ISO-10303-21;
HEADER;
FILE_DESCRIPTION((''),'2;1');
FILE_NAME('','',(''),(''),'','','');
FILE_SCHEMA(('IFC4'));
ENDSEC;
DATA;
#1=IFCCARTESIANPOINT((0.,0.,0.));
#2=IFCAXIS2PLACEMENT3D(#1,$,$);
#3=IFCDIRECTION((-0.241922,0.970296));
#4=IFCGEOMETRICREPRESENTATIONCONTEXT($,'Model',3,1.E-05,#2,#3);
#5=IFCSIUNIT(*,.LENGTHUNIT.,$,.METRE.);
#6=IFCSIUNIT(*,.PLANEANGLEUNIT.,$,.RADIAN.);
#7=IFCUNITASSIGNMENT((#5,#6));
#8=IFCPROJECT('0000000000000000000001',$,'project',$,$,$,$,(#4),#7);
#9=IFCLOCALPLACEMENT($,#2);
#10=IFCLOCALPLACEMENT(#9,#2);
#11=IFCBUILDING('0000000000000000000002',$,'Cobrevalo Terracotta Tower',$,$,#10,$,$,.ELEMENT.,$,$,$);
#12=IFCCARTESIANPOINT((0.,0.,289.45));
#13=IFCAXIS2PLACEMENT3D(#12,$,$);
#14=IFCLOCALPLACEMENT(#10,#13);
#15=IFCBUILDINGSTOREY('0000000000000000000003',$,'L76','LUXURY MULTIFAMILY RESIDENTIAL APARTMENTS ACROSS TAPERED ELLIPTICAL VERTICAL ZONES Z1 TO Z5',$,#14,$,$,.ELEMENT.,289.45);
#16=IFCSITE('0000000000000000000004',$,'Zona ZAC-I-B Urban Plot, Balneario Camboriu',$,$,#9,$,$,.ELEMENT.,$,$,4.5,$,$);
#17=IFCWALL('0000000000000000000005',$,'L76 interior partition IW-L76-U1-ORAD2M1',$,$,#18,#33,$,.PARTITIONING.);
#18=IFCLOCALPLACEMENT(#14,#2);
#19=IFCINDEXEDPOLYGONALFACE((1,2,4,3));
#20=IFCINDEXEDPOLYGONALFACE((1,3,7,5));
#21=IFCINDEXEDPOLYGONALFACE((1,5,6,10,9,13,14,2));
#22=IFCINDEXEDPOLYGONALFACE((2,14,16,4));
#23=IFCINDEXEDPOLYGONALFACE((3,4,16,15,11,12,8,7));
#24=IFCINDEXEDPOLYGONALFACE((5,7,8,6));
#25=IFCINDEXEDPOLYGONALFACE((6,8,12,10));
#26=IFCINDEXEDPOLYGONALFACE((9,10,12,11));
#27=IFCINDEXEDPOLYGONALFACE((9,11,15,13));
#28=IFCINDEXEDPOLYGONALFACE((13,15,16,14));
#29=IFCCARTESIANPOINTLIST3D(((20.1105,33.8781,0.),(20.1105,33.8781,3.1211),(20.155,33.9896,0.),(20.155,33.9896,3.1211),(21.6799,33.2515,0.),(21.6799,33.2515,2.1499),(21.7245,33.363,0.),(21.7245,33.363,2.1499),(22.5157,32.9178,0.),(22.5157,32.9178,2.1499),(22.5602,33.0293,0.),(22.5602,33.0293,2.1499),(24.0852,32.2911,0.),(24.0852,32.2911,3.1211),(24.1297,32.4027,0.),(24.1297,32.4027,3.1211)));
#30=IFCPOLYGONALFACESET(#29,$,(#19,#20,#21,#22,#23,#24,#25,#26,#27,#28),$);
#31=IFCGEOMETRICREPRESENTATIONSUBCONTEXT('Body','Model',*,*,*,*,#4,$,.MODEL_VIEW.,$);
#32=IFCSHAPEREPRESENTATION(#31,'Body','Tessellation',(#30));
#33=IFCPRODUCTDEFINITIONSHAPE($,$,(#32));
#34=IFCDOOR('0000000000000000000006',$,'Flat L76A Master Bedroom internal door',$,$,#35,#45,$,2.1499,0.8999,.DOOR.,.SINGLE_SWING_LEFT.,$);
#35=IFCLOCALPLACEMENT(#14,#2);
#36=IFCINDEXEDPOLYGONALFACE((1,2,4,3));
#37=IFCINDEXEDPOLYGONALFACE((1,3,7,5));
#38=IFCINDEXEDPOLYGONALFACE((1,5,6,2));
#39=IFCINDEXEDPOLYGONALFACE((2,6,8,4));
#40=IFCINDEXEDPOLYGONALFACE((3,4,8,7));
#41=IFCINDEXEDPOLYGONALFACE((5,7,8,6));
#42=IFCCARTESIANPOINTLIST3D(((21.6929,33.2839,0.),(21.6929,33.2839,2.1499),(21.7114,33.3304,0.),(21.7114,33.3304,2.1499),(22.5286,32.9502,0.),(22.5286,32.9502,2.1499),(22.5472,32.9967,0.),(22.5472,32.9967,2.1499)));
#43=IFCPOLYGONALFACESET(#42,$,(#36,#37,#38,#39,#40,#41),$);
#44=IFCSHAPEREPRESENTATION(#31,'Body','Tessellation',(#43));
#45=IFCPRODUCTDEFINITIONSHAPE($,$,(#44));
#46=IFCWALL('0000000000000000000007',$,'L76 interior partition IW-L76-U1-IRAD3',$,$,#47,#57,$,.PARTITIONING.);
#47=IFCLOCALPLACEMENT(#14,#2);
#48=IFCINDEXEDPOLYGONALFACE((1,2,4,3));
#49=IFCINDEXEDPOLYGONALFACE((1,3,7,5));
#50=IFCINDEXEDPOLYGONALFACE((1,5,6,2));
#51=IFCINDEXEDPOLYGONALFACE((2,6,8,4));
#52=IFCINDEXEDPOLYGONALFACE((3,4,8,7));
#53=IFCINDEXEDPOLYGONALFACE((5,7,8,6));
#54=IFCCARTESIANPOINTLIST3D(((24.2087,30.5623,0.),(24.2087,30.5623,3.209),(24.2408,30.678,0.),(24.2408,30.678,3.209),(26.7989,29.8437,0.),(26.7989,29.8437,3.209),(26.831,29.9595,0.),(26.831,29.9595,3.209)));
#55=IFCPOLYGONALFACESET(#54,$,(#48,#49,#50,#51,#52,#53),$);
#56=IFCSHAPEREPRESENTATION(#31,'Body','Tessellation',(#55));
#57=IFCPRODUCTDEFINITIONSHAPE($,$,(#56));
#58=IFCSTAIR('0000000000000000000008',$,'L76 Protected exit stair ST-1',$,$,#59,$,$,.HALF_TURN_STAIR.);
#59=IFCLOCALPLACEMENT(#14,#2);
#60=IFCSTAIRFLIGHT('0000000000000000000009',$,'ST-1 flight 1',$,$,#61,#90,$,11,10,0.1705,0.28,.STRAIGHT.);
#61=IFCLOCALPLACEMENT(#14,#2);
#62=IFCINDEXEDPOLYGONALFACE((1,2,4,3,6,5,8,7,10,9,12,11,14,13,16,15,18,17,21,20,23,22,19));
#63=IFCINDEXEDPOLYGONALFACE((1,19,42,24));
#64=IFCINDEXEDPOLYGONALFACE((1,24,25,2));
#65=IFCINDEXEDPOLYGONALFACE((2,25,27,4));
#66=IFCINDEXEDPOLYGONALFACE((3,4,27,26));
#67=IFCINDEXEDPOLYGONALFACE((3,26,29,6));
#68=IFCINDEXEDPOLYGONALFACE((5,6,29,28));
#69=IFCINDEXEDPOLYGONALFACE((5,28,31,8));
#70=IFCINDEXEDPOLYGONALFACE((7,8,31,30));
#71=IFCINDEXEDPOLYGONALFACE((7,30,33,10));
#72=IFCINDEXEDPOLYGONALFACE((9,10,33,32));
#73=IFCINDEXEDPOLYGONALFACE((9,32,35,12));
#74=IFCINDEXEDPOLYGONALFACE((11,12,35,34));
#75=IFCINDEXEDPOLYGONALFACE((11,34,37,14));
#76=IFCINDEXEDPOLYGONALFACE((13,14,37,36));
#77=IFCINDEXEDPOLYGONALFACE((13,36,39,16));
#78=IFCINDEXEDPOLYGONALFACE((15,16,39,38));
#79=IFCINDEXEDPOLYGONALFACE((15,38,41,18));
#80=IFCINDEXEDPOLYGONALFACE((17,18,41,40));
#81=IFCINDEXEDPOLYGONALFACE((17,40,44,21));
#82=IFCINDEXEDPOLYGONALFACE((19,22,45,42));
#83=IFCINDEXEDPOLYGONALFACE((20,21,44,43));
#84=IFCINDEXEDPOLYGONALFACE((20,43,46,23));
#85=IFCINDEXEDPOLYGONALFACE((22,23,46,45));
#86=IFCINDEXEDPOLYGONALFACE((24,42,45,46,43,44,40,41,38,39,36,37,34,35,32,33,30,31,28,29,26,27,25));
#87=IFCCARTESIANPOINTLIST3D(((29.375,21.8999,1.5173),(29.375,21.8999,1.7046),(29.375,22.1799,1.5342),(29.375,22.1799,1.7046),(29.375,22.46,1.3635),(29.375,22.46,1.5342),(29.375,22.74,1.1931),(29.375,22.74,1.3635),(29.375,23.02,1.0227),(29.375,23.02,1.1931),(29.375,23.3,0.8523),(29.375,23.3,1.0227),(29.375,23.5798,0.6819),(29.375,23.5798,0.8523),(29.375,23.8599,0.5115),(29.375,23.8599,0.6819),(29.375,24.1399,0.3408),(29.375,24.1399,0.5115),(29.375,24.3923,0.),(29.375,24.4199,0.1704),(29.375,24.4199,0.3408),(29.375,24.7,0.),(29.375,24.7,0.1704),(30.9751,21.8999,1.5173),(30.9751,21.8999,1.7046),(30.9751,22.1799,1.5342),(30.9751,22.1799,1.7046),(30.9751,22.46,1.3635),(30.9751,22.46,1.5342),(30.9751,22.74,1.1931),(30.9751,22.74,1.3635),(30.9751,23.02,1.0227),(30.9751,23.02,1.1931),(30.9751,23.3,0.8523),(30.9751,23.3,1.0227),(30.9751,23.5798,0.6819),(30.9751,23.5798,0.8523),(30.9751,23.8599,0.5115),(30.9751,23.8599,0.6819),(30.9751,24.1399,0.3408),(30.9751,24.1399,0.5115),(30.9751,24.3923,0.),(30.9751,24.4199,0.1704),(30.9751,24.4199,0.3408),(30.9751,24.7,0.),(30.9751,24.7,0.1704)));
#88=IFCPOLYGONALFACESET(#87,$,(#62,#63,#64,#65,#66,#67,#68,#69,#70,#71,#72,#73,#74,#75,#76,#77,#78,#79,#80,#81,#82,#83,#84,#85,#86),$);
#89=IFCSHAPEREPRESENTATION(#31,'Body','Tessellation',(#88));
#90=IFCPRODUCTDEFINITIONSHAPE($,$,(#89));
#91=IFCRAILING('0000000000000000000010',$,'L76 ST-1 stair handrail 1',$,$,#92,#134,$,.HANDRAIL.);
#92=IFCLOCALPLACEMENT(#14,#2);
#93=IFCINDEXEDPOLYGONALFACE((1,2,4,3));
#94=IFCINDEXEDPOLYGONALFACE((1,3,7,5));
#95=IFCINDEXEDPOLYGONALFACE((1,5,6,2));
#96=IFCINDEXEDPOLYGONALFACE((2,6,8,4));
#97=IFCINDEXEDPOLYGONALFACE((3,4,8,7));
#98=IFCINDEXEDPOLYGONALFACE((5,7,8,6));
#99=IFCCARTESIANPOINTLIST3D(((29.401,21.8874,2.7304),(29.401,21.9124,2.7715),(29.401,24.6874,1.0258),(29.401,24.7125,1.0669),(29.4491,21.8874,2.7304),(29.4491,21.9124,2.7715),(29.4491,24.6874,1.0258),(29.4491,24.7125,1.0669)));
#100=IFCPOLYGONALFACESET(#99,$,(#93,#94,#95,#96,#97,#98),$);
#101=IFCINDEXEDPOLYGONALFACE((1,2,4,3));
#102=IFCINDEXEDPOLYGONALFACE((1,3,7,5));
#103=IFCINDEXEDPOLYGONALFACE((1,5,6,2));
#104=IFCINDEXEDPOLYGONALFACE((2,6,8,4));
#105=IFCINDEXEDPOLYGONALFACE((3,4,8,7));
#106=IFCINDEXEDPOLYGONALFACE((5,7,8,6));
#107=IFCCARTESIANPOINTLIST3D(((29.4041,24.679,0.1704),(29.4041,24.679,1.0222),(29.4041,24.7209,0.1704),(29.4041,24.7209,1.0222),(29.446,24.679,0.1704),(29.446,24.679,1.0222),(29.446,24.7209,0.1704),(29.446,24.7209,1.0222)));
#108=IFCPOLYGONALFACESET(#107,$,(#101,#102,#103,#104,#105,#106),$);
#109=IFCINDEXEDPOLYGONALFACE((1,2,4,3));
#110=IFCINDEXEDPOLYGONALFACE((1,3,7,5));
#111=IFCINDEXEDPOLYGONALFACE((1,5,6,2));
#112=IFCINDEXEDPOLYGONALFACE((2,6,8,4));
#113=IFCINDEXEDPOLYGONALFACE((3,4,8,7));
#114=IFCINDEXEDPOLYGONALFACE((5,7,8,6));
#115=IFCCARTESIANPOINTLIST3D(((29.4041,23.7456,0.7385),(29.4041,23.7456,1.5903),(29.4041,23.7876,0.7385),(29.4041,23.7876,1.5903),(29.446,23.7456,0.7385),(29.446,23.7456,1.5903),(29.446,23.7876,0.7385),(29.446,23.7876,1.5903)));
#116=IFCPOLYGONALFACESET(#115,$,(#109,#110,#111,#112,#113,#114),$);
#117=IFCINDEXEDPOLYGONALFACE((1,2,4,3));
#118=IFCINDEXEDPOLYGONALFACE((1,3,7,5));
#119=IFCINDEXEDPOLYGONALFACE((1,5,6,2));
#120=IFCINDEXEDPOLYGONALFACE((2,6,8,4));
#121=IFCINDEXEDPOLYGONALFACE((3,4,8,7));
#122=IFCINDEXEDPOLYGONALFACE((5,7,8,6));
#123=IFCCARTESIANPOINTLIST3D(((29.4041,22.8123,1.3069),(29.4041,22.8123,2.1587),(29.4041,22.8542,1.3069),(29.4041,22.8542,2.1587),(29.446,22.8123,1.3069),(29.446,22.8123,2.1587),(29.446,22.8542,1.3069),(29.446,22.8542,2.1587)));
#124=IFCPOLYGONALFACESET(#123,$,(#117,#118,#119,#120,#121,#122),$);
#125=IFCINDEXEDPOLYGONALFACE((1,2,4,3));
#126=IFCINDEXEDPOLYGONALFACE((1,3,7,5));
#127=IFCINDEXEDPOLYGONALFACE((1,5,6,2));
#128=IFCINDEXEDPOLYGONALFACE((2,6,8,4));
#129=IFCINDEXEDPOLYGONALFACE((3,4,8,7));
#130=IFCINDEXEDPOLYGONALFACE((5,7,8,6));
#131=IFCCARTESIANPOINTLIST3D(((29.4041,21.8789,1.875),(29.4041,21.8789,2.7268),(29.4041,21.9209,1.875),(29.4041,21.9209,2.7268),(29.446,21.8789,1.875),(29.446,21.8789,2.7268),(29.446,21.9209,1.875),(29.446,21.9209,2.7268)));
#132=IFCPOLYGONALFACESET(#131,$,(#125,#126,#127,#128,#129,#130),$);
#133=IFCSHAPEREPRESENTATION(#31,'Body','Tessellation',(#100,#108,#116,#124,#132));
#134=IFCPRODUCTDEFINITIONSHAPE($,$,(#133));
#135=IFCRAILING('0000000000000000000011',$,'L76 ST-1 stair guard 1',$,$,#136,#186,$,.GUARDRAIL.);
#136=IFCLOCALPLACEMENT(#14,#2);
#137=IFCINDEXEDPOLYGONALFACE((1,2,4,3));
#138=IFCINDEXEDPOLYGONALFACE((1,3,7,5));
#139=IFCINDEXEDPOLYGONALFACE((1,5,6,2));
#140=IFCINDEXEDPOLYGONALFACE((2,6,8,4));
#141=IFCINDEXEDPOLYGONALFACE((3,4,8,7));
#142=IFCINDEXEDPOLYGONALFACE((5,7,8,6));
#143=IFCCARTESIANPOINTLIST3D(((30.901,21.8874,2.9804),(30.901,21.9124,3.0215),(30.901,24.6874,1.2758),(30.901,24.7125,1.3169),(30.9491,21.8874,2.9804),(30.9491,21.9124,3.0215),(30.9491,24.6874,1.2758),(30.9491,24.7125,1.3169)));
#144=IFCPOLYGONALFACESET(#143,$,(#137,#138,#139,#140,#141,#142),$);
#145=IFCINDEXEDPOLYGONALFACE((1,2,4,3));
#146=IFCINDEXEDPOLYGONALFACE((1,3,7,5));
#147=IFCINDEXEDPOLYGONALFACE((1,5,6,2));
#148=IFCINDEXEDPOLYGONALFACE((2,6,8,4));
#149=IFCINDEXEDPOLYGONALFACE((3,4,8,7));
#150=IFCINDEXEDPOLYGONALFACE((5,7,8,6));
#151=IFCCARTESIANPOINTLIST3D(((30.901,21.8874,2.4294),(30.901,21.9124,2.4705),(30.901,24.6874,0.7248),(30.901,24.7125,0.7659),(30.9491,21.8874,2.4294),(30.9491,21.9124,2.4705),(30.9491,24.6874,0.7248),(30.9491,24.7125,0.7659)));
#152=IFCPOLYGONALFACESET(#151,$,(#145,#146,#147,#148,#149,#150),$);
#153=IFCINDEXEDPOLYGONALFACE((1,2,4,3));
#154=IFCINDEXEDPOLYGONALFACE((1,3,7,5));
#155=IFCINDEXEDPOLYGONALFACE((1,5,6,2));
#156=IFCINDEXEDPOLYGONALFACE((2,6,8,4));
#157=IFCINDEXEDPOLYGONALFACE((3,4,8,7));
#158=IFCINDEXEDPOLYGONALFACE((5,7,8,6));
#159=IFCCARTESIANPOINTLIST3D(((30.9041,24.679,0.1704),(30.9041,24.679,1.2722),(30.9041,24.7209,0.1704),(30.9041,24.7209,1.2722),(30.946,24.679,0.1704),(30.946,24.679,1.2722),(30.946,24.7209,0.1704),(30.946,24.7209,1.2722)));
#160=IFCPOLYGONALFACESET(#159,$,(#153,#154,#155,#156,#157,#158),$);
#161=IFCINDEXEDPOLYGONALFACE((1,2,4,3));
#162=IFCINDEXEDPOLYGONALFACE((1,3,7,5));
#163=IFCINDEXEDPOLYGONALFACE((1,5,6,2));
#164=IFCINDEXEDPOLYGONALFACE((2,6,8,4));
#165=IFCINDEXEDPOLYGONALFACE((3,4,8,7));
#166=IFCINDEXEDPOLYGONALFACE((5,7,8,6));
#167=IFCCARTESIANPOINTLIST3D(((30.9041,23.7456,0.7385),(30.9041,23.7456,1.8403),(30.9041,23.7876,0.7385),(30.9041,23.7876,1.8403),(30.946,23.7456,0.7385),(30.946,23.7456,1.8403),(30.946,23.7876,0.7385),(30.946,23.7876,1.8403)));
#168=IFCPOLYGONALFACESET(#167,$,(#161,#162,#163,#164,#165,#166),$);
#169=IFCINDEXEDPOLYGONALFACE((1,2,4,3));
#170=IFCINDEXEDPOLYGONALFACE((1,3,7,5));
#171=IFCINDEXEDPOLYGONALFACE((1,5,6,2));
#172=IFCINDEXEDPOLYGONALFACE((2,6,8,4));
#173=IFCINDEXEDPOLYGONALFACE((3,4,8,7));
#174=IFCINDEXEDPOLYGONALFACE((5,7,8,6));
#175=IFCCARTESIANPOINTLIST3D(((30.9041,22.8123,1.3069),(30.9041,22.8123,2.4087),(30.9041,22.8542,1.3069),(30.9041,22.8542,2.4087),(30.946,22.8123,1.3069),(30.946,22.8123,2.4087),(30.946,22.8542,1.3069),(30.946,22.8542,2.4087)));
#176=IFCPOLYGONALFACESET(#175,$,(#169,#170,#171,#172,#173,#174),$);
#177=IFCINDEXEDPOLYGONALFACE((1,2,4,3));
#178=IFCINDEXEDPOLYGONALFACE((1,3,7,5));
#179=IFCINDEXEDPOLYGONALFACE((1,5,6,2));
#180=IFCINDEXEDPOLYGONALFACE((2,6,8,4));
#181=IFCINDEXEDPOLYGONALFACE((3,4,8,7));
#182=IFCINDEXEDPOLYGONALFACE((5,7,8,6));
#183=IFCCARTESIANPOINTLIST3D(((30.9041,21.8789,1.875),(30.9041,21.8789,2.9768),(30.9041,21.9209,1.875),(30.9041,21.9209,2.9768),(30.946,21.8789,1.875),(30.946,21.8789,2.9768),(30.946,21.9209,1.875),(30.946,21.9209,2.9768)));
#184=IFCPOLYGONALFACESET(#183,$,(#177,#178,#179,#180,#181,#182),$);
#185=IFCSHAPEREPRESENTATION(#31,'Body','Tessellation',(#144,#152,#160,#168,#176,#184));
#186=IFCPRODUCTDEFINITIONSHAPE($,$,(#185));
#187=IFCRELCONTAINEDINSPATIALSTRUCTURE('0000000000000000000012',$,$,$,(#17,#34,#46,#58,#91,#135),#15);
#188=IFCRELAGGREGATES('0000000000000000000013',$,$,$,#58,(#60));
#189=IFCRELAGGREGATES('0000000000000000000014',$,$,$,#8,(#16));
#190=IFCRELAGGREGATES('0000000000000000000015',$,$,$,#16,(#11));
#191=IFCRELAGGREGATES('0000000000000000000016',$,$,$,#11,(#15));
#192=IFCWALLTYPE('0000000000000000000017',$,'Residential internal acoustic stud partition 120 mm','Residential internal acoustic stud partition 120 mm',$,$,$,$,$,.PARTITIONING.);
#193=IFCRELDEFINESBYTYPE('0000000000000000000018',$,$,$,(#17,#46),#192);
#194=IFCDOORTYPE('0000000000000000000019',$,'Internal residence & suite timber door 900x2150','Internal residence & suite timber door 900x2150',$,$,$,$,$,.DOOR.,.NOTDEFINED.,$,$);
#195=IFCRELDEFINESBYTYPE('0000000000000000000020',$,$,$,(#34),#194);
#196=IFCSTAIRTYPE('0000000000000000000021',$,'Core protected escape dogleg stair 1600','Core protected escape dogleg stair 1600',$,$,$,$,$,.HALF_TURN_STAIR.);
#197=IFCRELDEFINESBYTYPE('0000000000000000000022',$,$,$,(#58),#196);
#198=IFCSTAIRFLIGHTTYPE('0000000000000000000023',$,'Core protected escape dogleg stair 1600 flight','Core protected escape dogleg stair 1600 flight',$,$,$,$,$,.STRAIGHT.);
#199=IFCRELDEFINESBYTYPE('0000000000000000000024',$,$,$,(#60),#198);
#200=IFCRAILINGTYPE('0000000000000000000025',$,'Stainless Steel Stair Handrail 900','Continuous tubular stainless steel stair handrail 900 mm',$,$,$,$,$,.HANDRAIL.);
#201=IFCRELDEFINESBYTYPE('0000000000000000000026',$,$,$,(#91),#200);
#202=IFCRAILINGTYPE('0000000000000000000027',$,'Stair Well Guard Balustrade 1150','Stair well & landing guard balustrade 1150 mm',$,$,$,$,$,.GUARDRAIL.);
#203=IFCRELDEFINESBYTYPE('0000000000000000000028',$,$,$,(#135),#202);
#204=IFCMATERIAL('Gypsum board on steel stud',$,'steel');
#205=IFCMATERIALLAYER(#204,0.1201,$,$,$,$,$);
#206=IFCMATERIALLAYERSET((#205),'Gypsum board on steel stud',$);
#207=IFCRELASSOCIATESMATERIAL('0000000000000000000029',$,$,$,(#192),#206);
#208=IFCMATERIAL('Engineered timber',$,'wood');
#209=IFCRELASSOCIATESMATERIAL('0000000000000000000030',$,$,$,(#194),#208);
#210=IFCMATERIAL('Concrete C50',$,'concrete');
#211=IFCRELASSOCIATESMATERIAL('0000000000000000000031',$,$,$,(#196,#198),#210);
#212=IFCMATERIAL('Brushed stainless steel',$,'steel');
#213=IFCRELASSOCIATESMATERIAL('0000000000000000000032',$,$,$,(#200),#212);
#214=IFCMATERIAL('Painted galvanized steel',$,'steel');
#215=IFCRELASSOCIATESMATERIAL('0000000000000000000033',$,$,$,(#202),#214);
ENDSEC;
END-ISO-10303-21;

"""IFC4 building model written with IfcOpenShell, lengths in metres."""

from ifc_helpers import new_model, si_unit, direction, frame, frame_2d, origin, origin_2d, place, context, subcontext, project, spatial, polyline, rectangle, outline, extrude, source, transform, mapped, material, layer, layer_set, type_object, element, fill, aggregate, save


model = new_model("IFC4")

# Units and contexts
model_context = context("Model", 3, precision=1e-05, world=origin(), true_north=direction((-0.241922, 0.970296)))
body_context = subcontext(model_context, "Body", "Model", "MODEL_VIEW")
ifc_project = project(units=[si_unit("LENGTHUNIT", "METRE"), si_unit("PLANEANGLEUNIT", "RADIAN")], contexts=[model_context])

# Site, building, storey
site_placement = place(None, origin())
site = spatial("IfcSite", under=ifc_project, at=site_placement, Name="Zona ZAC-I-B Urban Plot, Balneario Camboriu", CompositionType="ELEMENT", RefElevation=4.5)
building_placement = place(site_placement, origin())
building = spatial("IfcBuilding", under=site, at=building_placement, Name="Cobrevalo Terracotta Tower", CompositionType="ELEMENT")
storey_placement = place(building_placement, frame((0.0, 0.0, 289.45)))
storey = spatial("IfcBuildingStorey", under=building, at=storey_placement, Name="L76", Description="LUXURY MULTIFAMILY RESIDENTIAL APARTMENTS ACROSS TAPERED ELLIPTICAL VERTICAL ZONES Z1 TO Z5", CompositionType="ELEMENT", Elevation=289.45)

# Shared definitions
ifc_material_1 = material(Name="Gypsum board on steel stud", Category="steel")

# Shared definitions
ifc_material_2 = material(Name="Brushed stainless steel", Category="steel")

# Wall, opening, door
ifc_layer_1 = layer(ifc_material_1, 0.1201)
ifc_layer_set_1 = layer_set([ifc_layer_1], Name="Gypsum board on steel stud")
wall_type_1 = type_object("IfcWallType", Name="Residential internal acoustic stud partition 120 mm", Description="Residential internal acoustic stud partition 120 mm", PredefinedType="PARTITIONING", material=ifc_layer_set_1)
wall_1_placement = place(storey_placement, frame((24.1074, 32.3469, 0.0), z_axis=(0.0, 0.0, 1.0), x_axis=(-0.928713, 0.3708, 0.0)))
wall_1 = element("IfcWall", 1, at=wall_1_placement, inside=storey, type_object=wall_type_1, Name="L76 interior partition IW-L76-U1-ORAD2M1", PredefinedType="PARTITIONING", context=body_context, shape_type="SweptSolid", body=[
    extrude(rectangle(XDim=4.2798, YDim=0.1201, at=frame_2d((2.1399, 0.0))), origin(), (0.0, 0.0, 1.0), 3.1211),
])
opening_1_placement = place(wall_1_placement, frame((1.6899, 0.0, 0.0)))
opening_1 = element("IfcOpeningElement", 2, at=opening_1_placement, cuts=wall_1, PredefinedType="OPENING", context=body_context, shape_type="SweptSolid", body=[
    extrude(rectangle(XDim=0.8999, YDim=2.1499, at=frame_2d((0.45, 1.075))), frame((0.0, 0.0701, 0.0), z_axis=(0.0, -1.0, 0.0), x_axis=(1.0, 0.0, 0.0)), (0.0, 0.0, 1.0), 0.1401),
])
ifc_material_3 = material(Name="Engineered timber", Category="wood")
door_type_1 = type_object("IfcDoorType", Name="Internal residence & suite timber door 900x2150", Description="Internal residence & suite timber door 900x2150", OperationType="NOTDEFINED", PredefinedType="DOOR", material=ifc_material_3)
shared_shape_1 = source(origin(), body_context, "Body", "SweptSolid", [
    extrude(rectangle(XDim=0.8999, YDim=2.1499, at=frame_2d((0.45, 1.075))), frame((0.0, 0.0249, 0.0), z_axis=(0.0, -1.0, 0.0), x_axis=(1.0, 0.0, 0.0)), (0.0, 0.0, 1.0), 0.05),
])
door_1_placement = place(opening_1_placement, frame((0.8999, 0.0, 0.0), z_axis=(0.0, 0.0, 1.0), x_axis=(-1.0, 0.0, 0.0)))
door_1 = element("IfcDoor", 3, at=door_1_placement, inside=storey, type_object=door_type_1, Name="Flat L76A Master Bedroom internal door", OperationType="SINGLE_SWING_LEFT", OverallHeight=2.1499, OverallWidth=0.8999, PredefinedType="DOOR", context=body_context, shape_type="MappedRepresentation", body=[
    mapped(shared_shape_1, transform((0.0, 0.0, 0.0), scale=1.0)),
])
fill(opening_1, door_1)

# Wall
wall_2_placement = place(storey_placement, frame((26.8149, 29.9016, 0.0), z_axis=(0.0, 0.0, 1.0), x_axis=(-0.96361, 0.267311, 0.0)))
element("IfcWall", 4, at=wall_2_placement, inside=storey, type_object=wall_type_1, Name="L76 interior partition IW-L76-U1-IRAD3", PredefinedType="PARTITIONING", context=body_context, shape_type="SweptSolid", body=[
    extrude(rectangle(XDim=2.688, YDim=0.1201, at=frame_2d((1.344, 0.0))), origin(), (0.0, 0.0, 1.0), 3.209),
])

# Shared definitions
ifc_material_4 = material(Name="Concrete C50", Category="concrete")

# Stair, stair flight
stair_type = type_object("IfcStairType", Name="Core protected escape dogleg stair 1600", Description="Core protected escape dogleg stair 1600", PredefinedType="HALF_TURN_STAIR", material=ifc_material_4)
stair_placement = place(storey_placement, origin())
stair = element("IfcStair", 5, at=stair_placement, inside=storey, type_object=stair_type, Name="L76 Protected exit stair ST-1", PredefinedType="HALF_TURN_STAIR")
stair_flight_type = type_object("IfcStairFlightType", Name="Core protected escape dogleg stair 1600 flight", Description="Core protected escape dogleg stair 1600 flight", PredefinedType="STRAIGHT", material=ifc_material_4)
stair_flight_placement = place(storey_placement, frame((30.175, 24.7, 0.0), z_axis=(0.0, 0.0, 1.0), x_axis=(0.0, -1.0, 0.0)))
stair_flight = element("IfcStairFlight", 6, at=stair_flight_placement, type_object=stair_flight_type, Name="ST-1 flight 1", NumberOfRisers=11, NumberOfTreads=10, PredefinedType="STRAIGHT", RiserHeight=0.1705, TreadLength=0.28, context=body_context, shape_type="SweptSolid", body=[
    extrude(outline(polyline([(0.0, 0.0), (0.0, 0.1704), (0.28, 0.1704), (0.28, 0.3408), (0.5601, 0.3408), (0.5601, 0.5115), (0.8401, 0.5115), (0.8401, 0.6819), (1.1201, 0.6819), (1.1201, 0.8523), (1.3999, 0.8523), (1.3999, 1.0227), (1.6799, 1.0227), (1.6799, 1.1931), (1.96, 1.1931), (1.96, 1.3635), (2.24, 1.3635), (2.24, 1.5342), (2.52, 1.5342), (2.52, 1.7046), (2.8, 1.7046), (2.8, 1.875), (2.8, 1.5173), (0.3076, 0.0), (0.0, 0.0)])), frame((0.0, 0.8, 0.0), z_axis=(0.0, -1.0, 0.0), x_axis=(1.0, 0.0, 0.0)), (0.0, 0.0, 1.0), 1.6001),
])
aggregate(stair, [stair_flight])

# Railings
railing_type_1 = type_object("IfcRailingType", Name="Stainless Steel Stair Handrail 900", Description="Continuous tubular stainless steel stair handrail 900 mm", PredefinedType="HANDRAIL", material=ifc_material_2)
railing_1_placement = place(storey_placement, frame((29.425, 24.7, 0.1704)))
element("IfcRailing", 7, at=railing_1_placement, inside=storey, type_object=railing_type_1, Name="L76 ST-1 stair handrail 1", PredefinedType="HANDRAIL", context=body_context, shape_type="SweptSolid", body=[
    extrude(rectangle(XDim=0.0481, YDim=0.0481, at=origin_2d()), frame((0.0, 0.0, 0.876), z_axis=(0.0, -0.85417, 0.519994), x_axis=(1.0, 0.0, 0.0)), (0.0, 0.0, 1.0), 3.2781),
    extrude(rectangle(XDim=0.042, YDim=0.042, at=origin_2d()), origin(), (0.0, 0.0, 1.0), 0.8518),
    extrude(rectangle(XDim=0.042, YDim=0.042, at=origin_2d()), frame((0.0, -0.9333, 0.5681)), (0.0, 0.0, 1.0), 0.8518),
    extrude(rectangle(XDim=0.042, YDim=0.042, at=origin_2d()), frame((0.0, -1.8667, 1.1365)), (0.0, 0.0, 1.0), 0.8518),
    extrude(rectangle(XDim=0.042, YDim=0.042, at=origin_2d()), frame((0.0, -2.8, 1.7046)), (0.0, 0.0, 1.0), 0.8518),
])
ifc_material_5 = material(Name="Painted galvanized steel", Category="steel")
railing_type_2 = type_object("IfcRailingType", Name="Stair Well Guard Balustrade 1150", Description="Stair well & landing guard balustrade 1150 mm", PredefinedType="GUARDRAIL", material=ifc_material_5)
railing_2_placement = place(storey_placement, frame((30.925, 24.7, 0.1704)))
element("IfcRailing", 8, at=railing_2_placement, inside=storey, type_object=railing_type_2, Name="L76 ST-1 stair guard 1", PredefinedType="GUARDRAIL", context=body_context, shape_type="SweptSolid", body=[
    extrude(rectangle(XDim=0.0481, YDim=0.0481, at=origin_2d()), frame((0.0, 0.0, 1.126), z_axis=(0.0, -0.85417, 0.519994), x_axis=(1.0, 0.0, 0.0)), (0.0, 0.0, 1.0), 3.2781),
    extrude(rectangle(XDim=0.0481, YDim=0.0481, at=origin_2d()), frame((0.0, 0.0, 0.575), z_axis=(0.0, -0.85417, 0.519994), x_axis=(1.0, 0.0, 0.0)), (0.0, 0.0, 1.0), 3.2781),
    extrude(rectangle(XDim=0.042, YDim=0.042, at=origin_2d()), origin(), (0.0, 0.0, 1.0), 1.1018),
    extrude(rectangle(XDim=0.042, YDim=0.042, at=origin_2d()), frame((0.0, -0.9333, 0.5681)), (0.0, 0.0, 1.0), 1.1018),
    extrude(rectangle(XDim=0.042, YDim=0.042, at=origin_2d()), frame((0.0, -1.8667, 1.1365)), (0.0, 0.0, 1.0), 1.1018),
    extrude(rectangle(XDim=0.042, YDim=0.042, at=origin_2d()), frame((0.0, -2.8, 1.7046)), (0.0, 0.0, 1.0), 1.1018),
])

save(model, "model.ifc")
